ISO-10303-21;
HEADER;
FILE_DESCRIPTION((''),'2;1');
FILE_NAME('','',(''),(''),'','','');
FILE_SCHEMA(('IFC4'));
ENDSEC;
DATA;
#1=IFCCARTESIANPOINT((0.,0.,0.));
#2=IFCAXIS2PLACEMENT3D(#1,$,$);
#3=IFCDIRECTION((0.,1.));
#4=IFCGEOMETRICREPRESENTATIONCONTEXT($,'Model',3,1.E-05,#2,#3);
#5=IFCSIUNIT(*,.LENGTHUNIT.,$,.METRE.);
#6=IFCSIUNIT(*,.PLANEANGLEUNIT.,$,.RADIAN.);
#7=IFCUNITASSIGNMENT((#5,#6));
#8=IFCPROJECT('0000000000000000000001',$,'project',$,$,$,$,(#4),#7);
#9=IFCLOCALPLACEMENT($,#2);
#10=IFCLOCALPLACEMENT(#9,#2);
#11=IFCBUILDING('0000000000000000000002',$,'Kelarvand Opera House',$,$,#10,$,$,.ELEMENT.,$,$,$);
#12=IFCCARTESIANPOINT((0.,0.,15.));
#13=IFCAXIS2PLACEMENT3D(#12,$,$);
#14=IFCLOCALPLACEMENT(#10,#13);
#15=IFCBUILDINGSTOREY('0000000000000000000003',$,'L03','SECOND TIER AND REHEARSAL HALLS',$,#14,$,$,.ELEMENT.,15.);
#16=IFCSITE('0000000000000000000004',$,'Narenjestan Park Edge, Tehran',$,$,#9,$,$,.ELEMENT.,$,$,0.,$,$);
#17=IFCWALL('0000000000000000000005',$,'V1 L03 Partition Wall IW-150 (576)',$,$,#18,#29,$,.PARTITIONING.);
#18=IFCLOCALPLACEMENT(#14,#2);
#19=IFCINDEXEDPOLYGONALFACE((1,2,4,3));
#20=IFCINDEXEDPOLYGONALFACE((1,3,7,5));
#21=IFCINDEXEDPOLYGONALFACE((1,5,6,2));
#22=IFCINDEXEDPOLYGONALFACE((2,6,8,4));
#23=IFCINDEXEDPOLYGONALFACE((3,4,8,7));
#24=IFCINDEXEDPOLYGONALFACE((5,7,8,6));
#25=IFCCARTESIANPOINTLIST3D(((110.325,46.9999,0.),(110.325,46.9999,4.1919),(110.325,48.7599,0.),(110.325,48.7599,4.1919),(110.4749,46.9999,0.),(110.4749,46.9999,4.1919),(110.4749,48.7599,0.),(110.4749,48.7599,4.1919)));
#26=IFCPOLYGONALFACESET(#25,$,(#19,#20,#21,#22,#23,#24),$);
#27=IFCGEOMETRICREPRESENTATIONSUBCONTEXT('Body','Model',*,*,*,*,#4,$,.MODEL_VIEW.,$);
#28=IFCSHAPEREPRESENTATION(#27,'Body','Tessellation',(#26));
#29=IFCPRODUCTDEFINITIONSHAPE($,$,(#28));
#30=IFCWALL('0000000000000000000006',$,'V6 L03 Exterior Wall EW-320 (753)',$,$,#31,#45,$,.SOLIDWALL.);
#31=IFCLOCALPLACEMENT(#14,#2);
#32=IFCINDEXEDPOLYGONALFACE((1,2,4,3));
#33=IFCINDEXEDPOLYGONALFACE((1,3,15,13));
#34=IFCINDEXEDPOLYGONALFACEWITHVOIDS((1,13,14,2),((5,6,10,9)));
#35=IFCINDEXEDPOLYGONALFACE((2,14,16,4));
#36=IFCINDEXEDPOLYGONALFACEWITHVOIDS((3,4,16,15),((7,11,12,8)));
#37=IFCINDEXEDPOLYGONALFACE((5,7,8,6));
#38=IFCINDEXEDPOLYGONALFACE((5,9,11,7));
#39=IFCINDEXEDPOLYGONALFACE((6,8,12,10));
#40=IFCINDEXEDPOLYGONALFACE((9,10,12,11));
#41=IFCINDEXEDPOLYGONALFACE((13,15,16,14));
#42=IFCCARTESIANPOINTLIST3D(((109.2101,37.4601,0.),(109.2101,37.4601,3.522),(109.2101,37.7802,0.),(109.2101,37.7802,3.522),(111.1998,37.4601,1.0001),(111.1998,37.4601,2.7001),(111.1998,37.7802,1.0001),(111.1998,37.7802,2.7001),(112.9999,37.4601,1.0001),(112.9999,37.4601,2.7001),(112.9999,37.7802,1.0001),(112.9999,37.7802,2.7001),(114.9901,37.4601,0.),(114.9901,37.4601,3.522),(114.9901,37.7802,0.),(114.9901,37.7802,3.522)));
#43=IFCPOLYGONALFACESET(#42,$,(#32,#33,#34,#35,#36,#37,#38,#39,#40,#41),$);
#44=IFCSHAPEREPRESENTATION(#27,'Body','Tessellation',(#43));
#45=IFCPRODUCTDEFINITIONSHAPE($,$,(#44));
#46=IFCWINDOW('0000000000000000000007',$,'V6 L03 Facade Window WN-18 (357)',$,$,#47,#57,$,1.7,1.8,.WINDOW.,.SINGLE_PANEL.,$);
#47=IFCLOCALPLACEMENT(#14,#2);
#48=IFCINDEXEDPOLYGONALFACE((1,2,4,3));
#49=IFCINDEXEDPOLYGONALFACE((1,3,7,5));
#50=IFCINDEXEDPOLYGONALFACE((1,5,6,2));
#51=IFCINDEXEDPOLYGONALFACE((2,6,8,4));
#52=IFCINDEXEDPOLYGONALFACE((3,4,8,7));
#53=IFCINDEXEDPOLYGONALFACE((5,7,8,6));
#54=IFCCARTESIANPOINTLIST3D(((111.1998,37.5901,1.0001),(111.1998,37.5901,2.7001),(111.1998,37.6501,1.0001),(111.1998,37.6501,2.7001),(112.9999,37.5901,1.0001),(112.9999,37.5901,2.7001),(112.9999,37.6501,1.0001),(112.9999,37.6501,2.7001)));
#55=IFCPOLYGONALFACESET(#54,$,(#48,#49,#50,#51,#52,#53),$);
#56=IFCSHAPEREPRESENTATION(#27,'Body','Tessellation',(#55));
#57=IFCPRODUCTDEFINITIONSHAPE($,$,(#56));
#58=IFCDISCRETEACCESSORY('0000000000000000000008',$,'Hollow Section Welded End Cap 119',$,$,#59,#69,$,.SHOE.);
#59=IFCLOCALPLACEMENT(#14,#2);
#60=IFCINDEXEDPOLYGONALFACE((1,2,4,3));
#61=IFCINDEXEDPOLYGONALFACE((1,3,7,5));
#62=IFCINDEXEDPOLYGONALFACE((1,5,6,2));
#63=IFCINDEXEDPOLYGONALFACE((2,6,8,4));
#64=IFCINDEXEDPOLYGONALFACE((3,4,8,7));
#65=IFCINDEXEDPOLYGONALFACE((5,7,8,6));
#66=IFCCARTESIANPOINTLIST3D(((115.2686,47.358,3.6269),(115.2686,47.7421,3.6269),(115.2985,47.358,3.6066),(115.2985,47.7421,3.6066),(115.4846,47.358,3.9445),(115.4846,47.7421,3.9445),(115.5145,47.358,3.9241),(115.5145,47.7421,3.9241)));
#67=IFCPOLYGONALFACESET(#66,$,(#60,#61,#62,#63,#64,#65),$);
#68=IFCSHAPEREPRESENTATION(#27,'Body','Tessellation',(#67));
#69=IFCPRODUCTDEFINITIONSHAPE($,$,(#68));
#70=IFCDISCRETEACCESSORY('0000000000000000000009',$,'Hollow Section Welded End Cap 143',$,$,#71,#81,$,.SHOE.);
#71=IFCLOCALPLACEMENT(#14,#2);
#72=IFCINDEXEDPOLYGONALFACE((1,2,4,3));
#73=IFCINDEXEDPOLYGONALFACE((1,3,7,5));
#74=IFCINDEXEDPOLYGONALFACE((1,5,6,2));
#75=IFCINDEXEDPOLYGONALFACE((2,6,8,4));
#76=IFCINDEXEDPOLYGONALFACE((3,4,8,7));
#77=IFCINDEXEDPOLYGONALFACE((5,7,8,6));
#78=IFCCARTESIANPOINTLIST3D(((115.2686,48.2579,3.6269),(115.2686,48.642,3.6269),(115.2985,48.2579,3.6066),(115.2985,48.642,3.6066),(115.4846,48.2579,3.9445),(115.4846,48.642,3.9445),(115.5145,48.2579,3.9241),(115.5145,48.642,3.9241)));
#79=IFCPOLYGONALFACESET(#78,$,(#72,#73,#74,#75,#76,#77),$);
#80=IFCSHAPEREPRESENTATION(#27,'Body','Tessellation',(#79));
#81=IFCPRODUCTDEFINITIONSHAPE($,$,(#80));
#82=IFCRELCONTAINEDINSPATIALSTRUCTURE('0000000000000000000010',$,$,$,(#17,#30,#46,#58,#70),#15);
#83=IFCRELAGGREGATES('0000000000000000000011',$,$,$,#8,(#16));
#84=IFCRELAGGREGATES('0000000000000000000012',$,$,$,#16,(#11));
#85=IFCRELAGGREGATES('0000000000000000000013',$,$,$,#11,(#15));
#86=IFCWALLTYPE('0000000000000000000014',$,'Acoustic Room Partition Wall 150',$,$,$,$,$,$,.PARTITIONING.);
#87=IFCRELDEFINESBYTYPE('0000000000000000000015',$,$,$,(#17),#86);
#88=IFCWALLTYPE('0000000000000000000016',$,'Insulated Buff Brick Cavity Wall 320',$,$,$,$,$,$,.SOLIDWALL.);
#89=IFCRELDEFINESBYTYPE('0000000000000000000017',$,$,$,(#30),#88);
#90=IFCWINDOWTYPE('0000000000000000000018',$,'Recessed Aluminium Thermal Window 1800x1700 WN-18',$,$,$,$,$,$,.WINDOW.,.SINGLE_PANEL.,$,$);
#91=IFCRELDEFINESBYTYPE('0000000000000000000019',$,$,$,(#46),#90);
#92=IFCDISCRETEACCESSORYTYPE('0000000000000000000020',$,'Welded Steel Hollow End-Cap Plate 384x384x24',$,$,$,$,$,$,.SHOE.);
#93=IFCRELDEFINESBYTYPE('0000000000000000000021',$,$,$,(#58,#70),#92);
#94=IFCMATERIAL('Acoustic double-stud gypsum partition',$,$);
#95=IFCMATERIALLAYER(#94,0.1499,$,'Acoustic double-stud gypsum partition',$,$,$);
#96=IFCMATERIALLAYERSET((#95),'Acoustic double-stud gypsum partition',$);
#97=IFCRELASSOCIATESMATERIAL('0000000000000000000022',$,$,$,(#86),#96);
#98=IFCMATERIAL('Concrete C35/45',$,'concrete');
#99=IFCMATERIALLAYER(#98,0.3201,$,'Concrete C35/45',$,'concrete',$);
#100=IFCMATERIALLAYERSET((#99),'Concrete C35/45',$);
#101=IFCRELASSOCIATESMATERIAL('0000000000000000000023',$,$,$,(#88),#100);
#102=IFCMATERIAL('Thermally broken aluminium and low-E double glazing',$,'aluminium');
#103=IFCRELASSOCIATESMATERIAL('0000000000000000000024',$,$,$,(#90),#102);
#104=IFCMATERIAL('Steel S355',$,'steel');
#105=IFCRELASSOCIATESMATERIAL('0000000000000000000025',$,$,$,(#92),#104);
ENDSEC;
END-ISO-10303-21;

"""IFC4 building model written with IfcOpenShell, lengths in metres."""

from ifc_helpers import new_model, si_unit, direction, frame, frame_2d, origin, origin_2d, place, context, subcontext, project, spatial, rectangle, extrude, material, layer, layer_set, material_profile, profile_set, type_object, element, fill, save


model = new_model("IFC4")

# Units and contexts
model_context = context("Model", 3, precision=1e-05, world=origin(), true_north=direction((0.0, 1.0)))
body_context = subcontext(model_context, "Body", "Model", "MODEL_VIEW")
ifc_project = project(units=[si_unit("LENGTHUNIT", "METRE"), si_unit("PLANEANGLEUNIT", "RADIAN")], contexts=[model_context])

# Site, building, storey
site_placement = place(None, origin())
site = spatial("IfcSite", under=ifc_project, at=site_placement, Name="Narenjestan Park Edge, Tehran", CompositionType="ELEMENT", RefElevation=0.0)
building_placement = place(site_placement, origin())
building = spatial("IfcBuilding", under=site, at=building_placement, Name="Kelarvand Opera House", CompositionType="ELEMENT")
storey_placement = place(building_placement, frame((0.0, 0.0, 15.0)))
storey = spatial("IfcBuildingStorey", under=building, at=storey_placement, Name="L03", Description="SECOND TIER AND REHEARSAL HALLS", CompositionType="ELEMENT", Elevation=15.0)

# Shared definitions
ifc_material_1 = material(Name="Steel S355", Category="steel")

# Shared definitions
ifc_material_2 = material(Name="Concrete C35/45", Category="concrete")

# Wall
ifc_material_3 = material(Name="Acoustic double-stud gypsum partition")
ifc_layer_1 = layer(ifc_material_3, 0.1499, Name="Acoustic double-stud gypsum partition")
ifc_layer_set_1 = layer_set([ifc_layer_1], Name="Acoustic double-stud gypsum partition")
wall_type_1 = type_object("IfcWallType", Name="Acoustic Room Partition Wall 150", PredefinedType="PARTITIONING", material=ifc_layer_set_1)
wall_1_placement = place(storey_placement, frame((110.3999, 47.0, 0.0), z_axis=(0.0, 0.0, 1.0), x_axis=(0.0, 1.0, 0.0)))
element("IfcWall", 1, at=wall_1_placement, inside=storey, type_object=wall_type_1, Name="V1 L03 Partition Wall IW-150 (576)", PredefinedType="PARTITIONING", context=body_context, shape_type="SweptSolid", body=[
    extrude(rectangle(XDim=1.76, YDim=0.1499, at=frame_2d((0.8799, 0.0))), origin(), (0.0, 0.0, 1.0), 4.1919),
])

# Wall, opening, window
ifc_layer_2 = layer(ifc_material_2, 0.3201, Name="Concrete C35/45", Category="concrete")
ifc_layer_set_2 = layer_set([ifc_layer_2], Name="Concrete C35/45")
wall_type_2 = type_object("IfcWallType", Name="Insulated Buff Brick Cavity Wall 320", PredefinedType="SOLIDWALL", material=ifc_layer_set_2)
wall_2_placement = place(storey_placement, frame((109.21, 37.6201, 0.0), z_axis=(0.0, 0.0, 1.0), x_axis=(1.0, 0.0, 0.0)))
wall_2 = element("IfcWall", 2, at=wall_2_placement, inside=storey, type_object=wall_type_2, Name="V6 L03 Exterior Wall EW-320 (753)", PredefinedType="SOLIDWALL", context=body_context, shape_type="SweptSolid", body=[
    extrude(rectangle(XDim=5.78, YDim=0.3201, at=frame_2d((2.8901, 0.0))), origin(), (0.0, 0.0, 1.0), 3.522),
])
opening_1_placement = place(wall_2_placement, frame((1.99, 0.0, 1.0)))
opening_1 = element("IfcOpeningElement", 3, at=opening_1_placement, cuts=wall_2, PredefinedType="OPENING", context=body_context, shape_type="SweptSolid", body=[
    extrude(rectangle(XDim=1.8, YDim=1.7, at=frame_2d((0.8999, 0.8501))), frame((0.0, 0.1699, 0.0), z_axis=(0.0, -1.0, 0.0), x_axis=(1.0, 0.0, 0.0)), (0.0, 0.0, 1.0), 0.3401),
])
ifc_material_4 = material(Name="Thermally broken aluminium and low-E double glazing", Category="aluminium")
window_type = type_object("IfcWindowType", Name="Recessed Aluminium Thermal Window 1800x1700 WN-18", PartitioningType="SINGLE_PANEL", PredefinedType="WINDOW", material=ifc_material_4)
window_placement = place(opening_1_placement, origin())
window = element("IfcWindow", 4, at=window_placement, inside=storey, type_object=window_type, Name="V6 L03 Facade Window WN-18 (357)", OverallHeight=1.7, OverallWidth=1.8, PartitioningType="SINGLE_PANEL", PredefinedType="WINDOW", context=body_context, shape_type="SweptSolid", body=[
    extrude(rectangle(XDim=1.8, YDim=1.7, at=frame_2d((0.8999, 0.8501))), frame((0.0, 0.03, 0.0), z_axis=(0.0, -1.0, 0.0), x_axis=(1.0, 0.0, 0.0)), (0.0, 0.0, 1.0), 0.0601),
])
fill(opening_1, window)

# Discrete accessories
ifc_material_profile_1 = material_profile(ifc_material_1, rectangle(XDim=0.384, YDim=0.384, at=origin_2d()), Name="Welded Steel Hollow End-Cap Plate 384x384x24", Category="steel")
ifc_profile_set_1 = profile_set([ifc_material_profile_1], Name="Steel S355")
discrete_accessory_type = type_object("IfcDiscreteAccessoryType", Name="Welded Steel Hollow End-Cap Plate 384x384x24", PredefinedType="SHOE", material=ifc_profile_set_1)
for number, where, z_axis, x_axis, name in (
    (5, (115.4065, 47.55, 3.7654), (-0.8268, 0.0, 0.562495), (0.0, -1.0, 0.0), "Hollow Section Welded End Cap 119"),
    (6, (115.4065, 48.45, 3.7654), (-0.8268, 0.0, 0.562495), (0.0, -1.0, 0.0), "Hollow Section Welded End Cap 143"),
):
    element("IfcDiscreteAccessory", number, at=place(storey_placement, frame(where, z_axis=z_axis, x_axis=x_axis)), inside=storey, type_object=discrete_accessory_type, Name=name, PredefinedType="SHOE", context=body_context, shape_type="SweptSolid", body=[
        extrude(rectangle(XDim=0.384, YDim=0.384, at=origin_2d()), origin(), (0.0, 0.0, 1.0), 0.0361),
    ])

save(model, "model.ifc")
